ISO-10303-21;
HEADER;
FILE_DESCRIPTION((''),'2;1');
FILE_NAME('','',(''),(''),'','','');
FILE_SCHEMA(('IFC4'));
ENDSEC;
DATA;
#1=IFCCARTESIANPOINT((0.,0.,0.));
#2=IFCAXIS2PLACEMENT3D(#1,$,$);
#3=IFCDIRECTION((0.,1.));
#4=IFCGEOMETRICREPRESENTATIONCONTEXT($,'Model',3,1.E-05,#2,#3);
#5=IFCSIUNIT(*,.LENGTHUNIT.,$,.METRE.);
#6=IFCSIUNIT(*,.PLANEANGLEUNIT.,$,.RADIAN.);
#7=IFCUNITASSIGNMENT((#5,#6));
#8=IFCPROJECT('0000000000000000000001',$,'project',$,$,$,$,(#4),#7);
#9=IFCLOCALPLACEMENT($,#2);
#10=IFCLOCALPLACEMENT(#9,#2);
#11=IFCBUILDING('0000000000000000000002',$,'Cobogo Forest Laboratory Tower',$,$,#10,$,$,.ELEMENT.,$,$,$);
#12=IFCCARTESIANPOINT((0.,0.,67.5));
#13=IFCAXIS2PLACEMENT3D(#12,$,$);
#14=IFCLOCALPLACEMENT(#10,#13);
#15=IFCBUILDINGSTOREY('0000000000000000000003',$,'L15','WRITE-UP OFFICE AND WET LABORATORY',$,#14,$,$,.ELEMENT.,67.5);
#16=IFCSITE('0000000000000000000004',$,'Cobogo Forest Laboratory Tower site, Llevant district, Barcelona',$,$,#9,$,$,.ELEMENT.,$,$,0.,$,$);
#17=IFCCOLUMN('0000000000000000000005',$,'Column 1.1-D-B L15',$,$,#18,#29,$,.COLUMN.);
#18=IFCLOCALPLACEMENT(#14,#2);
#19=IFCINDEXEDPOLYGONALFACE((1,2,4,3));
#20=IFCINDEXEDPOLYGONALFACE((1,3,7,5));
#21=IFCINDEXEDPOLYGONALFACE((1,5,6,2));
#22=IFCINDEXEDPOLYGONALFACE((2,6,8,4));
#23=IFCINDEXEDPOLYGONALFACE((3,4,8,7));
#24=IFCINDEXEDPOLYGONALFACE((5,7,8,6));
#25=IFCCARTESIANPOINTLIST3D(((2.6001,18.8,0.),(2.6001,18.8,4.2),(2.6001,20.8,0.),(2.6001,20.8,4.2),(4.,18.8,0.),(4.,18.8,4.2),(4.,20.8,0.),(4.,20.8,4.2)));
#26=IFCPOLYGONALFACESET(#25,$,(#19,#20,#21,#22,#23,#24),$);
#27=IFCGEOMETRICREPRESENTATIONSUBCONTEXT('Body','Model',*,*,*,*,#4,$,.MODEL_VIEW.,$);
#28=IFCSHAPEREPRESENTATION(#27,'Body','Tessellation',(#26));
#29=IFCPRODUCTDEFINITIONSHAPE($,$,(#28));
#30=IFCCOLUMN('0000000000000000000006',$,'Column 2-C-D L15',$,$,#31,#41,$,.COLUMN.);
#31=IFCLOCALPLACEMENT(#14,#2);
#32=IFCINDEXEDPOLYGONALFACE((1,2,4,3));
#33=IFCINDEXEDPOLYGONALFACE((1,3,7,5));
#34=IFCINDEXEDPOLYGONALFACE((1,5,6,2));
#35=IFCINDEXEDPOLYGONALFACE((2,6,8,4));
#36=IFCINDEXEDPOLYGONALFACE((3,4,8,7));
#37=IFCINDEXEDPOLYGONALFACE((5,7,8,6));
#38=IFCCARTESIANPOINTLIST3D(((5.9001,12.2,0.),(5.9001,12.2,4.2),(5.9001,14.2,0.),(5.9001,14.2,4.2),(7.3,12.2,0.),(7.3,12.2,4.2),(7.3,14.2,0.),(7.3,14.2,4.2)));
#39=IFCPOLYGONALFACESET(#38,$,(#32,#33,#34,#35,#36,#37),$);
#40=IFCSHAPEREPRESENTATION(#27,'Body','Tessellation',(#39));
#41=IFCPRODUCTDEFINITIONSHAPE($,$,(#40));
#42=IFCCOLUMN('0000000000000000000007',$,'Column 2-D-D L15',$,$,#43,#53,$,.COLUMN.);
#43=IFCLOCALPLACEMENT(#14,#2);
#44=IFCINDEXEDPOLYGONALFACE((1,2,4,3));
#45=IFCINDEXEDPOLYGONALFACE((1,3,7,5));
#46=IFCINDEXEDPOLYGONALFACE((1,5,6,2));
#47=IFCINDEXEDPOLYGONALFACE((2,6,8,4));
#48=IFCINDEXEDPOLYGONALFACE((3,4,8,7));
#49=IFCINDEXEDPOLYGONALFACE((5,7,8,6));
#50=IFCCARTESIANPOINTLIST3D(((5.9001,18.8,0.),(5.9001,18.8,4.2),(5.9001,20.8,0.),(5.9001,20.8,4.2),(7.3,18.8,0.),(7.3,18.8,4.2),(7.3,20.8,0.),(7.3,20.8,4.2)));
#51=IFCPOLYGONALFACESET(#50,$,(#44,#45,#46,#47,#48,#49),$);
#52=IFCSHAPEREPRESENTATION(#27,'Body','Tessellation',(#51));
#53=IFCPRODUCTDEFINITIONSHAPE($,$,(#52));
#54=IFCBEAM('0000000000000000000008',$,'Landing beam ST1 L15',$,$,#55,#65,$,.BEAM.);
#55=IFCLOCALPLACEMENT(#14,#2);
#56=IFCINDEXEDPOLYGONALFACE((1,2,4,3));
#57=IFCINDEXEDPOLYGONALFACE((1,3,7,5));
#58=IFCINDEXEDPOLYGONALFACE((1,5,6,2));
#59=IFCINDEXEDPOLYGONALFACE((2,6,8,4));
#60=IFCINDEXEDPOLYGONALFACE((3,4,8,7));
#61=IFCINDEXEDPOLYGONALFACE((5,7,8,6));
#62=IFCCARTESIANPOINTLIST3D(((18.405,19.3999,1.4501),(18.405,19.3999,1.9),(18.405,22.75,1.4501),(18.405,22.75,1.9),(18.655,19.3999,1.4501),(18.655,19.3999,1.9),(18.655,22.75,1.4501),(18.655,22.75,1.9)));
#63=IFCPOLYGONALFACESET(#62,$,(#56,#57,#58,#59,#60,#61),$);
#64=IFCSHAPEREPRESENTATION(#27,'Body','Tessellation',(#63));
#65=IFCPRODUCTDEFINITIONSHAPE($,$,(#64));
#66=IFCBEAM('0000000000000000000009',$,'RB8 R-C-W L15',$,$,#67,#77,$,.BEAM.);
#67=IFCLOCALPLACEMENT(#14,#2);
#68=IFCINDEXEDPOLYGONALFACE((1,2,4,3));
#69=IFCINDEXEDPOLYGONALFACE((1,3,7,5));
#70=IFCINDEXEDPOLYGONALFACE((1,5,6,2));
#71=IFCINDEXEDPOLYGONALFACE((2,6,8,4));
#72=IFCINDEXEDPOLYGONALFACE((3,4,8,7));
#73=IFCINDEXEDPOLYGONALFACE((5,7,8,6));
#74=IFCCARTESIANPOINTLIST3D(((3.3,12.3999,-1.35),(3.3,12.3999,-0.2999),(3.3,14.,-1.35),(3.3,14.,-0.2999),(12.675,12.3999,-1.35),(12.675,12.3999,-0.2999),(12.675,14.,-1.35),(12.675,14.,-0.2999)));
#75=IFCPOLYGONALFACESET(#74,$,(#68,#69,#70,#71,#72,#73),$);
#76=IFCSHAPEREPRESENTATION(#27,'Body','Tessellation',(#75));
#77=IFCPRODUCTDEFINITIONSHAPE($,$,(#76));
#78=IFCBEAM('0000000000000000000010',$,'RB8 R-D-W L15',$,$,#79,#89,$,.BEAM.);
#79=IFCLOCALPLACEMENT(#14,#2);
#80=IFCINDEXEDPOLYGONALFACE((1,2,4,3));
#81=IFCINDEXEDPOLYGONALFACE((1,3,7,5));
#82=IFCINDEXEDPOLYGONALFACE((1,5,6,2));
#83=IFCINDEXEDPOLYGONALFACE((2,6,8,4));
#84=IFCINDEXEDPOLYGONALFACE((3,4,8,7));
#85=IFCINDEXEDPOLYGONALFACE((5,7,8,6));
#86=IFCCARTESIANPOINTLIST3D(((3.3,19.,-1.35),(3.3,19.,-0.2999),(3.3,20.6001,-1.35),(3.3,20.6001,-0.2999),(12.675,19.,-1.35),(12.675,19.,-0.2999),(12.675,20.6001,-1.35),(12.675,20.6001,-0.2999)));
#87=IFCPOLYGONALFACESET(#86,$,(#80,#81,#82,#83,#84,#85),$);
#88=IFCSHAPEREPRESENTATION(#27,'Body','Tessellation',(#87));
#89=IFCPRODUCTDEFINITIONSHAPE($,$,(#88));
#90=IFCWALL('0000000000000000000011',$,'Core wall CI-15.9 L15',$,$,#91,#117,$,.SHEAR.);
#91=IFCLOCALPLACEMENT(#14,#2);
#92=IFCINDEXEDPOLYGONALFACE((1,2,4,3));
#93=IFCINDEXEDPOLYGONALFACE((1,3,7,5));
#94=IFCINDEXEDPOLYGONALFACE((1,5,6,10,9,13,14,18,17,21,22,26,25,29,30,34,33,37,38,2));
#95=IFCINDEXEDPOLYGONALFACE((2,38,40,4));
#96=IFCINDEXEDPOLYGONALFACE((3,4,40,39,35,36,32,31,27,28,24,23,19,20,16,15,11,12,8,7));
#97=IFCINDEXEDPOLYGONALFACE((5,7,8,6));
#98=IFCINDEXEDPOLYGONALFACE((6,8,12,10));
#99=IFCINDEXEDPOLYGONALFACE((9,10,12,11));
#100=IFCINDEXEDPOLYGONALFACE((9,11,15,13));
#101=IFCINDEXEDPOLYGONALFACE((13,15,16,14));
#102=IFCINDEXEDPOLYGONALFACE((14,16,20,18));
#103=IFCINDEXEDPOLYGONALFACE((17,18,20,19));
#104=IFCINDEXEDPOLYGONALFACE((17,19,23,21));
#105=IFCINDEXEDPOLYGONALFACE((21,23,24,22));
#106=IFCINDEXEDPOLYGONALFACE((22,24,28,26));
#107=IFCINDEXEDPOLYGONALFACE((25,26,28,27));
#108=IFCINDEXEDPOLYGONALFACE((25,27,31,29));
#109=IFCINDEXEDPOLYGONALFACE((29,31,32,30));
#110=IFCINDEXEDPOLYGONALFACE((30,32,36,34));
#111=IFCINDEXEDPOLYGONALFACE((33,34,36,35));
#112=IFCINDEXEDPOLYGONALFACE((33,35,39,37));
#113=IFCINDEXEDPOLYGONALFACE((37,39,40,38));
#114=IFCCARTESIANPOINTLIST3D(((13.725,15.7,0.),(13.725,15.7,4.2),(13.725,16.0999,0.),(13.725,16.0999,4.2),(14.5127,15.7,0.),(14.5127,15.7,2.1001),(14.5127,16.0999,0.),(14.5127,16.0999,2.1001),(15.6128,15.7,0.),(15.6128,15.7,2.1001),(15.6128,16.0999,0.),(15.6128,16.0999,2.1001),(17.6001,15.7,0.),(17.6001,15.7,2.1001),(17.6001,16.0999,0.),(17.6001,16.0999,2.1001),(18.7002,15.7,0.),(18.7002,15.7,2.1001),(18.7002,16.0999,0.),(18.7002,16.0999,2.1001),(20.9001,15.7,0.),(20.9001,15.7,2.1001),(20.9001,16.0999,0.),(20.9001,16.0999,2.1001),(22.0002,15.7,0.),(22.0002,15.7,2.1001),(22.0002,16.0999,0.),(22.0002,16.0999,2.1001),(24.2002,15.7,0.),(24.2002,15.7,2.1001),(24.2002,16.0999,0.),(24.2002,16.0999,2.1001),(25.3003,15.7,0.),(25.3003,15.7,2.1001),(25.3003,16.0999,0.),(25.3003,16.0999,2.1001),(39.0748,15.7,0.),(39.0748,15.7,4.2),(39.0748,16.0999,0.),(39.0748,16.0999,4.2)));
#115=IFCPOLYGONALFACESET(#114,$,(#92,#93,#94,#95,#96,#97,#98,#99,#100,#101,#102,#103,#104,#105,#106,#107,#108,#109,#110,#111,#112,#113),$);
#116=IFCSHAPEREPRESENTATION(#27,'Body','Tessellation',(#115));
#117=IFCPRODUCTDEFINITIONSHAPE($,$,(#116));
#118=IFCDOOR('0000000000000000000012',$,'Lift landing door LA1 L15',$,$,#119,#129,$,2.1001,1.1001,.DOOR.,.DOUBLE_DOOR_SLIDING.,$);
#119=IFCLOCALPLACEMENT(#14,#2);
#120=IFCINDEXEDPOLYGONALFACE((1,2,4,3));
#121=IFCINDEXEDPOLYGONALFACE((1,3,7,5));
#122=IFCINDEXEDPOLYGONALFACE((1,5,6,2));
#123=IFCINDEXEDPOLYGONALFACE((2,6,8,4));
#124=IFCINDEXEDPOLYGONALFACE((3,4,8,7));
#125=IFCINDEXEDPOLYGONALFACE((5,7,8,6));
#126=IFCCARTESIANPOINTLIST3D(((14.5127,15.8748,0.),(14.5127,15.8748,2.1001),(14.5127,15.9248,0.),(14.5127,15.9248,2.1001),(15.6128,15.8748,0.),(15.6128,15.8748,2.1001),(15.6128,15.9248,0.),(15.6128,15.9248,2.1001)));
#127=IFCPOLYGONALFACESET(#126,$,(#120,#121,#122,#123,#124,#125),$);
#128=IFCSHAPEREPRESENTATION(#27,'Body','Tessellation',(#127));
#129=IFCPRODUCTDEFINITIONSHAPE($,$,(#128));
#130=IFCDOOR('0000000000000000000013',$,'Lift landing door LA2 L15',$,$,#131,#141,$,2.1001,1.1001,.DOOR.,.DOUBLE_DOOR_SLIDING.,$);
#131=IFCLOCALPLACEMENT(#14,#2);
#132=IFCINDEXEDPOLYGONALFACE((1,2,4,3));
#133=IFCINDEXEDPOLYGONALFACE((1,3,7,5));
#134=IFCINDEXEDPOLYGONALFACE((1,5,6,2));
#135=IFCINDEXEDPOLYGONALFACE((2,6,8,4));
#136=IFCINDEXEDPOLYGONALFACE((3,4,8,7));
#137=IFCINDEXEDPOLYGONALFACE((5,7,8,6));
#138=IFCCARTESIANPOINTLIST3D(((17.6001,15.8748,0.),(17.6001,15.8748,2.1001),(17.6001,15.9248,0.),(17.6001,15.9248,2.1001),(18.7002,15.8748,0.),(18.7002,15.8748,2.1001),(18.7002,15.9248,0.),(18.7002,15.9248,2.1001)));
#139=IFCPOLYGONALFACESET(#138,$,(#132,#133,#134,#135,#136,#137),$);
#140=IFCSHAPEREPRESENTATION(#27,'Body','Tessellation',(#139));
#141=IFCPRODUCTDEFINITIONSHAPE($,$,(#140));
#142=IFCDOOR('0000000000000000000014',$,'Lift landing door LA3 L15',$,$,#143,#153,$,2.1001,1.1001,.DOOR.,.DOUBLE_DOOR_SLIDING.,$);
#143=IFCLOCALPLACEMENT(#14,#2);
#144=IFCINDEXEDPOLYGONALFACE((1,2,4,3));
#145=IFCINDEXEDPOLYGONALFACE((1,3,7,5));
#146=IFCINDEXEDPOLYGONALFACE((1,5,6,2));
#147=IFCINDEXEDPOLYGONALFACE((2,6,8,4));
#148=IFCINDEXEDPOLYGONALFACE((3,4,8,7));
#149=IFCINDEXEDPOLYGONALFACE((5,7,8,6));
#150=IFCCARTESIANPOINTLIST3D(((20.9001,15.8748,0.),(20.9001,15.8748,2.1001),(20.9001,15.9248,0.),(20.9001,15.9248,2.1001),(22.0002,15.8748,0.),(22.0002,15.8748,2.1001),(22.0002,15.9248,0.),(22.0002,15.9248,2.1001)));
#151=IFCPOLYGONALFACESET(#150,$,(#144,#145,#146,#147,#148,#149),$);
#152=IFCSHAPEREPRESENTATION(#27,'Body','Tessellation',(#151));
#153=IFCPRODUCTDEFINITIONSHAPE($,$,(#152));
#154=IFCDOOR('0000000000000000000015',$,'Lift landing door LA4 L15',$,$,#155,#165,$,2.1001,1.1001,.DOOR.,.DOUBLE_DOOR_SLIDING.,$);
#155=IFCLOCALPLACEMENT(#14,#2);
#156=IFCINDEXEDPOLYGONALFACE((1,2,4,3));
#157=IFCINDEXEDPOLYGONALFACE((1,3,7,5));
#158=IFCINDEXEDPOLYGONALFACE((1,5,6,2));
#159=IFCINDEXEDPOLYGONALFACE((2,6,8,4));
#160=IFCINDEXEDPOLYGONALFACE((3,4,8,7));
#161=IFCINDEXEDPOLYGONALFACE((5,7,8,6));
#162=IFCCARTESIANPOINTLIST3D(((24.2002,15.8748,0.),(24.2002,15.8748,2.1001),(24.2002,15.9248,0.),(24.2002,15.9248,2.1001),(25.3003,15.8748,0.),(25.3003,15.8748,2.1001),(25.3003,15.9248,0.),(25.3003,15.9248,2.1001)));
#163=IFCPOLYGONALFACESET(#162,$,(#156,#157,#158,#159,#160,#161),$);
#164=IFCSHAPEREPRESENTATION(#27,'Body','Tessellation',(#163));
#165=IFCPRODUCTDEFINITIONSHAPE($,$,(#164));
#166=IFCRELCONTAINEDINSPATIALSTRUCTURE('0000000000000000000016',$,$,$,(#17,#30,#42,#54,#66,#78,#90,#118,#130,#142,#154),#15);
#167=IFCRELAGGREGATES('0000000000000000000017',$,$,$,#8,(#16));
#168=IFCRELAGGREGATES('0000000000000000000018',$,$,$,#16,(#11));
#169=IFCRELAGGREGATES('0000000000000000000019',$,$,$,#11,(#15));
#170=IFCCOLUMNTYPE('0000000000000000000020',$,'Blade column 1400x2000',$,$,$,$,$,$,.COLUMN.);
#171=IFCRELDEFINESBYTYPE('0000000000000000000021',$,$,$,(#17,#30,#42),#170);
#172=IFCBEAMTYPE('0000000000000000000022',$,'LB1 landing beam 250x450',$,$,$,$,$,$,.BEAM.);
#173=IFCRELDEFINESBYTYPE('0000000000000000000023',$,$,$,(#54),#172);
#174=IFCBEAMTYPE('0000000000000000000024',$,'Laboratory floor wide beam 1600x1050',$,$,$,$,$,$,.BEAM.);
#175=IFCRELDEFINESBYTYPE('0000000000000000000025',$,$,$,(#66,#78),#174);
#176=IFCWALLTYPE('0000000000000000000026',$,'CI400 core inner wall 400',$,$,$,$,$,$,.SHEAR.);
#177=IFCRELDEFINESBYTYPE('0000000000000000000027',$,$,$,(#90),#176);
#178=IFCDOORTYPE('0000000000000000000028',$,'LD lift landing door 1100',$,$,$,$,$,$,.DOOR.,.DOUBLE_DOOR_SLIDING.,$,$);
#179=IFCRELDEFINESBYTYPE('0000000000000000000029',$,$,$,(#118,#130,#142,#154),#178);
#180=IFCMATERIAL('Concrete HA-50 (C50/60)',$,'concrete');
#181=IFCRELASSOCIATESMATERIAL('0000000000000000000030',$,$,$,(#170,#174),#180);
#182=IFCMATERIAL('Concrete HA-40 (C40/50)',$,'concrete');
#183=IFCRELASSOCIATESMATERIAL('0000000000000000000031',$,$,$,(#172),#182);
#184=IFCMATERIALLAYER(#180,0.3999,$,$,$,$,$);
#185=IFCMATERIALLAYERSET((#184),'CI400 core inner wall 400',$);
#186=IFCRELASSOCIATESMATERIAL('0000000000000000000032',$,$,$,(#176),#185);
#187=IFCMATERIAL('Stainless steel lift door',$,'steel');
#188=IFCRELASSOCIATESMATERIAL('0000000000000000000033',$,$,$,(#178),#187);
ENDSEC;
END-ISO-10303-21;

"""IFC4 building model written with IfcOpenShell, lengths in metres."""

from ifc_helpers import new_model, si_unit, direction, frame, frame_2d, origin, origin_2d, place, context, subcontext, project, spatial, rectangle, extrude, material, layer, layer_set, material_profile, profile_set, type_object, element, fill, save


model = new_model("IFC4")

# Units and contexts
model_context = context("Model", 3, precision=1e-05, world=origin(), true_north=direction((0.0, 1.0)))
body_context = subcontext(model_context, "Body", "Model", "MODEL_VIEW")
ifc_project = project(units=[si_unit("LENGTHUNIT", "METRE"), si_unit("PLANEANGLEUNIT", "RADIAN")], contexts=[model_context])

# Site, building, storey
site_placement = place(None, origin())
site = spatial("IfcSite", under=ifc_project, at=site_placement, Name="Cobogo Forest Laboratory Tower site, Llevant district, Barcelona", CompositionType="ELEMENT", RefElevation=0.0)
building_placement = place(site_placement, origin())
building = spatial("IfcBuilding", under=site, at=building_placement, Name="Cobogo Forest Laboratory Tower", CompositionType="ELEMENT")
storey_placement = place(building_placement, frame((0.0, 0.0, 67.5)))
storey = spatial("IfcBuildingStorey", under=building, at=storey_placement, Name="L15", Description="WRITE-UP OFFICE AND WET LABORATORY", CompositionType="ELEMENT", Elevation=67.5)

# Columns
ifc_material_1 = material(Name="Concrete HA-50 (C50/60)", Category="concrete")
ifc_material_profile_1 = material_profile(ifc_material_1, rectangle(XDim=2.0, YDim=1.3999, at=origin_2d()), Name="RC 1400x2000")
ifc_profile_set_1 = profile_set([ifc_material_profile_1], Name="Concrete HA-50 (C50/60)")
column_type = type_object("IfcColumnType", Name="Blade column 1400x2000", PredefinedType="COLUMN", material=ifc_profile_set_1)
for number, where, z_axis, x_axis, name in (
    (1, (3.3, 19.8, 0.0), (0.0, 0.0, 1.0), (0.0, 1.0, 0.0), "Column 1.1-D-B L15"),
    (2, (6.6001, 13.2, 0.0), (0.0, 0.0, 1.0), (0.0, 1.0, 0.0), "Column 2-C-D L15"),
    (3, (6.6001, 19.8, 0.0), (0.0, 0.0, 1.0), (0.0, 1.0, 0.0), "Column 2-D-D L15"),
):
    element("IfcColumn", number, at=place(storey_placement, frame(where, z_axis=z_axis, x_axis=x_axis)), inside=storey, type_object=column_type, Name=name, PredefinedType="COLUMN", context=body_context, shape_type="SweptSolid", body=[
        extrude(rectangle(XDim=2.0, YDim=1.3999, at=origin_2d()), origin(), (0.0, 0.0, 1.0), 4.2),
    ])

# Beams
ifc_material_2 = material(Name="Concrete HA-40 (C40/50)", Category="concrete")
ifc_material_profile_2 = material_profile(ifc_material_2, rectangle(XDim=0.25, YDim=0.45, at=origin_2d()), Name="RC 250x450")
ifc_profile_set_2 = profile_set([ifc_material_profile_2], Name="Concrete HA-40 (C40/50)")
beam_type_1 = type_object("IfcBeamType", Name="LB1 landing beam 250x450", PredefinedType="BEAM", material=ifc_profile_set_2)
beam_placement = place(storey_placement, frame((18.53, 19.3999, 1.675), z_axis=(0.0, 1.0, 0.0), x_axis=(-1.0, 0.0, 0.0)))
element("IfcBeam", 4, at=beam_placement, inside=storey, type_object=beam_type_1, Name="Landing beam ST1 L15", PredefinedType="BEAM", context=body_context, shape_type="SweptSolid", body=[
    extrude(rectangle(XDim=0.25, YDim=0.45, at=origin_2d()), origin(), (0.0, 0.0, 1.0), 3.3501),
])
ifc_material_profile_3 = material_profile(ifc_material_1, rectangle(XDim=1.6001, YDim=1.05, at=origin_2d()), Name="RC 1600x1050")
ifc_profile_set_3 = profile_set([ifc_material_profile_3], Name="Concrete HA-50 (C50/60)")
beam_type_2 = type_object("IfcBeamType", Name="Laboratory floor wide beam 1600x1050", PredefinedType="BEAM", material=ifc_profile_set_3)
for number, where, z_axis, x_axis, name in (
    (5, (12.675, 13.2, -0.825), (-1.0, 0.0, 0.0), (0.0, -1.0, 0.0), "RB8 R-C-W L15"),
    (6, (12.675, 19.8, -0.825), (-1.0, 0.0, 0.0), (0.0, -1.0, 0.0), "RB8 R-D-W L15"),
):
    element("IfcBeam", number, at=place(storey_placement, frame(where, z_axis=z_axis, x_axis=x_axis)), inside=storey, type_object=beam_type_2, Name=name, PredefinedType="BEAM", context=body_context, shape_type="SweptSolid", body=[
        extrude(rectangle(XDim=1.6001, YDim=1.05, at=origin_2d()), origin(), (0.0, 0.0, 1.0), 9.375),
    ])

# Wall, openings, doors
ifc_layer_1 = layer(ifc_material_1, 0.3999)
ifc_layer_set_1 = layer_set([ifc_layer_1], Name="CI400 core inner wall 400")
wall_type_1 = type_object("IfcWallType", Name="CI400 core inner wall 400", PredefinedType="SHEAR", material=ifc_layer_set_1)
wall_1_placement = place(storey_placement, frame((13.7251, 15.8999, 0.0), z_axis=(0.0, 0.0, 1.0), x_axis=(1.0, 0.0, 0.0)))
wall_1 = element("IfcWall", 7, at=wall_1_placement, inside=storey, type_object=wall_type_1, Name="Core wall CI-15.9 L15", PredefinedType="SHEAR", context=body_context, shape_type="SweptSolid", body=[
    extrude(rectangle(XDim=25.3499, YDim=0.3999, at=frame_2d((12.6748, 0.0))), origin(), (0.0, 0.0, 1.0), 4.2),
])
opening_1_placement = place(wall_1_placement, frame((0.7876, 0.0, 0.0)))
opening_1 = element("IfcOpeningElement", 8, at=opening_1_placement, cuts=wall_1, PredefinedType="OPENING", context=body_context, shape_type="SweptSolid", body=[
    extrude(rectangle(XDim=1.1001, YDim=2.1001, at=frame_2d((0.55, 1.05))), frame((0.0, 0.21, 0.0), z_axis=(0.0, -1.0, 0.0), x_axis=(1.0, 0.0, 0.0)), (0.0, 0.0, 1.0), 0.4199),
])
opening_2_placement = place(wall_1_placement, frame((3.875, 0.0, 0.0)))
opening_2 = element("IfcOpeningElement", 9, at=opening_2_placement, cuts=wall_1, PredefinedType="OPENING", context=body_context, shape_type="SweptSolid", body=[
    extrude(rectangle(XDim=1.1001, YDim=2.1001, at=frame_2d((0.55, 1.05))), frame((0.0, 0.21, 0.0), z_axis=(0.0, -1.0, 0.0), x_axis=(1.0, 0.0, 0.0)), (0.0, 0.0, 1.0), 0.4199),
])
opening_3_placement = place(wall_1_placement, frame((7.175, 0.0, 0.0)))
opening_3 = element("IfcOpeningElement", 10, at=opening_3_placement, cuts=wall_1, PredefinedType="OPENING", context=body_context, shape_type="SweptSolid", body=[
    extrude(rectangle(XDim=1.1001, YDim=2.1001, at=frame_2d((0.55, 1.05))), frame((0.0, 0.21, 0.0), z_axis=(0.0, -1.0, 0.0), x_axis=(1.0, 0.0, 0.0)), (0.0, 0.0, 1.0), 0.4199),
])
opening_4_placement = place(wall_1_placement, frame((10.4751, 0.0, 0.0)))
opening_4 = element("IfcOpeningElement", 11, at=opening_4_placement, cuts=wall_1, PredefinedType="OPENING", context=body_context, shape_type="SweptSolid", body=[
    extrude(rectangle(XDim=1.1001, YDim=2.1001, at=frame_2d((0.55, 1.05))), frame((0.0, 0.21, 0.0), z_axis=(0.0, -1.0, 0.0), x_axis=(1.0, 0.0, 0.0)), (0.0, 0.0, 1.0), 0.4199),
])
ifc_material_3 = material(Name="Stainless steel lift door", Category="steel")
door_type_1 = type_object("IfcDoorType", Name="LD lift landing door 1100", OperationType="DOUBLE_DOOR_SLIDING", PredefinedType="DOOR", material=ifc_material_3)
door_1_placement = place(opening_1_placement, origin())
door_1 = element("IfcDoor", 12, at=door_1_placement, inside=storey, type_object=door_type_1, Name="Lift landing door LA1 L15", OperationType="DOUBLE_DOOR_SLIDING", OverallHeight=2.1001, OverallWidth=1.1001, PredefinedType="DOOR", context=body_context, shape_type="SweptSolid", body=[
    extrude(rectangle(XDim=1.1001, YDim=2.1001, at=frame_2d((0.55, 1.05))), frame((0.0, 0.0249, 0.0), z_axis=(0.0, -1.0, 0.0), x_axis=(1.0, 0.0, 0.0)), (0.0, 0.0, 1.0), 0.05),
])
fill(opening_1, door_1)
door_2_placement = place(opening_2_placement, origin())
door_2 = element("IfcDoor", 13, at=door_2_placement, inside=storey, type_object=door_type_1, Name="Lift landing door LA2 L15", OperationType="DOUBLE_DOOR_SLIDING", OverallHeight=2.1001, OverallWidth=1.1001, PredefinedType="DOOR", context=body_context, shape_type="SweptSolid", body=[
    extrude(rectangle(XDim=1.1001, YDim=2.1001, at=frame_2d((0.55, 1.05))), frame((0.0, 0.0249, 0.0), z_axis=(0.0, -1.0, 0.0), x_axis=(1.0, 0.0, 0.0)), (0.0, 0.0, 1.0), 0.05),
])
fill(opening_2, door_2)
door_3_placement = place(opening_3_placement, origin())
door_3 = element("IfcDoor", 14, at=door_3_placement, inside=storey, type_object=door_type_1, Name="Lift landing door LA3 L15", OperationType="DOUBLE_DOOR_SLIDING", OverallHeight=2.1001, OverallWidth=1.1001, PredefinedType="DOOR", context=body_context, shape_type="SweptSolid", body=[
    extrude(rectangle(XDim=1.1001, YDim=2.1001, at=frame_2d((0.55, 1.05))), frame((0.0, 0.0249, 0.0), z_axis=(0.0, -1.0, 0.0), x_axis=(1.0, 0.0, 0.0)), (0.0, 0.0, 1.0), 0.05),
])
fill(opening_3, door_3)
door_4_placement = place(opening_4_placement, origin())
door_4 = element("IfcDoor", 15, at=door_4_placement, inside=storey, type_object=door_type_1, Name="Lift landing door LA4 L15", OperationType="DOUBLE_DOOR_SLIDING", OverallHeight=2.1001, OverallWidth=1.1001, PredefinedType="DOOR", context=body_context, shape_type="SweptSolid", body=[
    extrude(rectangle(XDim=1.1001, YDim=2.1001, at=frame_2d((0.55, 1.05))), frame((0.0, 0.0249, 0.0), z_axis=(0.0, -1.0, 0.0), x_axis=(1.0, 0.0, 0.0)), (0.0, 0.0, 1.0), 0.05),
])
fill(opening_4, door_4)

save(model, "model.ifc")
